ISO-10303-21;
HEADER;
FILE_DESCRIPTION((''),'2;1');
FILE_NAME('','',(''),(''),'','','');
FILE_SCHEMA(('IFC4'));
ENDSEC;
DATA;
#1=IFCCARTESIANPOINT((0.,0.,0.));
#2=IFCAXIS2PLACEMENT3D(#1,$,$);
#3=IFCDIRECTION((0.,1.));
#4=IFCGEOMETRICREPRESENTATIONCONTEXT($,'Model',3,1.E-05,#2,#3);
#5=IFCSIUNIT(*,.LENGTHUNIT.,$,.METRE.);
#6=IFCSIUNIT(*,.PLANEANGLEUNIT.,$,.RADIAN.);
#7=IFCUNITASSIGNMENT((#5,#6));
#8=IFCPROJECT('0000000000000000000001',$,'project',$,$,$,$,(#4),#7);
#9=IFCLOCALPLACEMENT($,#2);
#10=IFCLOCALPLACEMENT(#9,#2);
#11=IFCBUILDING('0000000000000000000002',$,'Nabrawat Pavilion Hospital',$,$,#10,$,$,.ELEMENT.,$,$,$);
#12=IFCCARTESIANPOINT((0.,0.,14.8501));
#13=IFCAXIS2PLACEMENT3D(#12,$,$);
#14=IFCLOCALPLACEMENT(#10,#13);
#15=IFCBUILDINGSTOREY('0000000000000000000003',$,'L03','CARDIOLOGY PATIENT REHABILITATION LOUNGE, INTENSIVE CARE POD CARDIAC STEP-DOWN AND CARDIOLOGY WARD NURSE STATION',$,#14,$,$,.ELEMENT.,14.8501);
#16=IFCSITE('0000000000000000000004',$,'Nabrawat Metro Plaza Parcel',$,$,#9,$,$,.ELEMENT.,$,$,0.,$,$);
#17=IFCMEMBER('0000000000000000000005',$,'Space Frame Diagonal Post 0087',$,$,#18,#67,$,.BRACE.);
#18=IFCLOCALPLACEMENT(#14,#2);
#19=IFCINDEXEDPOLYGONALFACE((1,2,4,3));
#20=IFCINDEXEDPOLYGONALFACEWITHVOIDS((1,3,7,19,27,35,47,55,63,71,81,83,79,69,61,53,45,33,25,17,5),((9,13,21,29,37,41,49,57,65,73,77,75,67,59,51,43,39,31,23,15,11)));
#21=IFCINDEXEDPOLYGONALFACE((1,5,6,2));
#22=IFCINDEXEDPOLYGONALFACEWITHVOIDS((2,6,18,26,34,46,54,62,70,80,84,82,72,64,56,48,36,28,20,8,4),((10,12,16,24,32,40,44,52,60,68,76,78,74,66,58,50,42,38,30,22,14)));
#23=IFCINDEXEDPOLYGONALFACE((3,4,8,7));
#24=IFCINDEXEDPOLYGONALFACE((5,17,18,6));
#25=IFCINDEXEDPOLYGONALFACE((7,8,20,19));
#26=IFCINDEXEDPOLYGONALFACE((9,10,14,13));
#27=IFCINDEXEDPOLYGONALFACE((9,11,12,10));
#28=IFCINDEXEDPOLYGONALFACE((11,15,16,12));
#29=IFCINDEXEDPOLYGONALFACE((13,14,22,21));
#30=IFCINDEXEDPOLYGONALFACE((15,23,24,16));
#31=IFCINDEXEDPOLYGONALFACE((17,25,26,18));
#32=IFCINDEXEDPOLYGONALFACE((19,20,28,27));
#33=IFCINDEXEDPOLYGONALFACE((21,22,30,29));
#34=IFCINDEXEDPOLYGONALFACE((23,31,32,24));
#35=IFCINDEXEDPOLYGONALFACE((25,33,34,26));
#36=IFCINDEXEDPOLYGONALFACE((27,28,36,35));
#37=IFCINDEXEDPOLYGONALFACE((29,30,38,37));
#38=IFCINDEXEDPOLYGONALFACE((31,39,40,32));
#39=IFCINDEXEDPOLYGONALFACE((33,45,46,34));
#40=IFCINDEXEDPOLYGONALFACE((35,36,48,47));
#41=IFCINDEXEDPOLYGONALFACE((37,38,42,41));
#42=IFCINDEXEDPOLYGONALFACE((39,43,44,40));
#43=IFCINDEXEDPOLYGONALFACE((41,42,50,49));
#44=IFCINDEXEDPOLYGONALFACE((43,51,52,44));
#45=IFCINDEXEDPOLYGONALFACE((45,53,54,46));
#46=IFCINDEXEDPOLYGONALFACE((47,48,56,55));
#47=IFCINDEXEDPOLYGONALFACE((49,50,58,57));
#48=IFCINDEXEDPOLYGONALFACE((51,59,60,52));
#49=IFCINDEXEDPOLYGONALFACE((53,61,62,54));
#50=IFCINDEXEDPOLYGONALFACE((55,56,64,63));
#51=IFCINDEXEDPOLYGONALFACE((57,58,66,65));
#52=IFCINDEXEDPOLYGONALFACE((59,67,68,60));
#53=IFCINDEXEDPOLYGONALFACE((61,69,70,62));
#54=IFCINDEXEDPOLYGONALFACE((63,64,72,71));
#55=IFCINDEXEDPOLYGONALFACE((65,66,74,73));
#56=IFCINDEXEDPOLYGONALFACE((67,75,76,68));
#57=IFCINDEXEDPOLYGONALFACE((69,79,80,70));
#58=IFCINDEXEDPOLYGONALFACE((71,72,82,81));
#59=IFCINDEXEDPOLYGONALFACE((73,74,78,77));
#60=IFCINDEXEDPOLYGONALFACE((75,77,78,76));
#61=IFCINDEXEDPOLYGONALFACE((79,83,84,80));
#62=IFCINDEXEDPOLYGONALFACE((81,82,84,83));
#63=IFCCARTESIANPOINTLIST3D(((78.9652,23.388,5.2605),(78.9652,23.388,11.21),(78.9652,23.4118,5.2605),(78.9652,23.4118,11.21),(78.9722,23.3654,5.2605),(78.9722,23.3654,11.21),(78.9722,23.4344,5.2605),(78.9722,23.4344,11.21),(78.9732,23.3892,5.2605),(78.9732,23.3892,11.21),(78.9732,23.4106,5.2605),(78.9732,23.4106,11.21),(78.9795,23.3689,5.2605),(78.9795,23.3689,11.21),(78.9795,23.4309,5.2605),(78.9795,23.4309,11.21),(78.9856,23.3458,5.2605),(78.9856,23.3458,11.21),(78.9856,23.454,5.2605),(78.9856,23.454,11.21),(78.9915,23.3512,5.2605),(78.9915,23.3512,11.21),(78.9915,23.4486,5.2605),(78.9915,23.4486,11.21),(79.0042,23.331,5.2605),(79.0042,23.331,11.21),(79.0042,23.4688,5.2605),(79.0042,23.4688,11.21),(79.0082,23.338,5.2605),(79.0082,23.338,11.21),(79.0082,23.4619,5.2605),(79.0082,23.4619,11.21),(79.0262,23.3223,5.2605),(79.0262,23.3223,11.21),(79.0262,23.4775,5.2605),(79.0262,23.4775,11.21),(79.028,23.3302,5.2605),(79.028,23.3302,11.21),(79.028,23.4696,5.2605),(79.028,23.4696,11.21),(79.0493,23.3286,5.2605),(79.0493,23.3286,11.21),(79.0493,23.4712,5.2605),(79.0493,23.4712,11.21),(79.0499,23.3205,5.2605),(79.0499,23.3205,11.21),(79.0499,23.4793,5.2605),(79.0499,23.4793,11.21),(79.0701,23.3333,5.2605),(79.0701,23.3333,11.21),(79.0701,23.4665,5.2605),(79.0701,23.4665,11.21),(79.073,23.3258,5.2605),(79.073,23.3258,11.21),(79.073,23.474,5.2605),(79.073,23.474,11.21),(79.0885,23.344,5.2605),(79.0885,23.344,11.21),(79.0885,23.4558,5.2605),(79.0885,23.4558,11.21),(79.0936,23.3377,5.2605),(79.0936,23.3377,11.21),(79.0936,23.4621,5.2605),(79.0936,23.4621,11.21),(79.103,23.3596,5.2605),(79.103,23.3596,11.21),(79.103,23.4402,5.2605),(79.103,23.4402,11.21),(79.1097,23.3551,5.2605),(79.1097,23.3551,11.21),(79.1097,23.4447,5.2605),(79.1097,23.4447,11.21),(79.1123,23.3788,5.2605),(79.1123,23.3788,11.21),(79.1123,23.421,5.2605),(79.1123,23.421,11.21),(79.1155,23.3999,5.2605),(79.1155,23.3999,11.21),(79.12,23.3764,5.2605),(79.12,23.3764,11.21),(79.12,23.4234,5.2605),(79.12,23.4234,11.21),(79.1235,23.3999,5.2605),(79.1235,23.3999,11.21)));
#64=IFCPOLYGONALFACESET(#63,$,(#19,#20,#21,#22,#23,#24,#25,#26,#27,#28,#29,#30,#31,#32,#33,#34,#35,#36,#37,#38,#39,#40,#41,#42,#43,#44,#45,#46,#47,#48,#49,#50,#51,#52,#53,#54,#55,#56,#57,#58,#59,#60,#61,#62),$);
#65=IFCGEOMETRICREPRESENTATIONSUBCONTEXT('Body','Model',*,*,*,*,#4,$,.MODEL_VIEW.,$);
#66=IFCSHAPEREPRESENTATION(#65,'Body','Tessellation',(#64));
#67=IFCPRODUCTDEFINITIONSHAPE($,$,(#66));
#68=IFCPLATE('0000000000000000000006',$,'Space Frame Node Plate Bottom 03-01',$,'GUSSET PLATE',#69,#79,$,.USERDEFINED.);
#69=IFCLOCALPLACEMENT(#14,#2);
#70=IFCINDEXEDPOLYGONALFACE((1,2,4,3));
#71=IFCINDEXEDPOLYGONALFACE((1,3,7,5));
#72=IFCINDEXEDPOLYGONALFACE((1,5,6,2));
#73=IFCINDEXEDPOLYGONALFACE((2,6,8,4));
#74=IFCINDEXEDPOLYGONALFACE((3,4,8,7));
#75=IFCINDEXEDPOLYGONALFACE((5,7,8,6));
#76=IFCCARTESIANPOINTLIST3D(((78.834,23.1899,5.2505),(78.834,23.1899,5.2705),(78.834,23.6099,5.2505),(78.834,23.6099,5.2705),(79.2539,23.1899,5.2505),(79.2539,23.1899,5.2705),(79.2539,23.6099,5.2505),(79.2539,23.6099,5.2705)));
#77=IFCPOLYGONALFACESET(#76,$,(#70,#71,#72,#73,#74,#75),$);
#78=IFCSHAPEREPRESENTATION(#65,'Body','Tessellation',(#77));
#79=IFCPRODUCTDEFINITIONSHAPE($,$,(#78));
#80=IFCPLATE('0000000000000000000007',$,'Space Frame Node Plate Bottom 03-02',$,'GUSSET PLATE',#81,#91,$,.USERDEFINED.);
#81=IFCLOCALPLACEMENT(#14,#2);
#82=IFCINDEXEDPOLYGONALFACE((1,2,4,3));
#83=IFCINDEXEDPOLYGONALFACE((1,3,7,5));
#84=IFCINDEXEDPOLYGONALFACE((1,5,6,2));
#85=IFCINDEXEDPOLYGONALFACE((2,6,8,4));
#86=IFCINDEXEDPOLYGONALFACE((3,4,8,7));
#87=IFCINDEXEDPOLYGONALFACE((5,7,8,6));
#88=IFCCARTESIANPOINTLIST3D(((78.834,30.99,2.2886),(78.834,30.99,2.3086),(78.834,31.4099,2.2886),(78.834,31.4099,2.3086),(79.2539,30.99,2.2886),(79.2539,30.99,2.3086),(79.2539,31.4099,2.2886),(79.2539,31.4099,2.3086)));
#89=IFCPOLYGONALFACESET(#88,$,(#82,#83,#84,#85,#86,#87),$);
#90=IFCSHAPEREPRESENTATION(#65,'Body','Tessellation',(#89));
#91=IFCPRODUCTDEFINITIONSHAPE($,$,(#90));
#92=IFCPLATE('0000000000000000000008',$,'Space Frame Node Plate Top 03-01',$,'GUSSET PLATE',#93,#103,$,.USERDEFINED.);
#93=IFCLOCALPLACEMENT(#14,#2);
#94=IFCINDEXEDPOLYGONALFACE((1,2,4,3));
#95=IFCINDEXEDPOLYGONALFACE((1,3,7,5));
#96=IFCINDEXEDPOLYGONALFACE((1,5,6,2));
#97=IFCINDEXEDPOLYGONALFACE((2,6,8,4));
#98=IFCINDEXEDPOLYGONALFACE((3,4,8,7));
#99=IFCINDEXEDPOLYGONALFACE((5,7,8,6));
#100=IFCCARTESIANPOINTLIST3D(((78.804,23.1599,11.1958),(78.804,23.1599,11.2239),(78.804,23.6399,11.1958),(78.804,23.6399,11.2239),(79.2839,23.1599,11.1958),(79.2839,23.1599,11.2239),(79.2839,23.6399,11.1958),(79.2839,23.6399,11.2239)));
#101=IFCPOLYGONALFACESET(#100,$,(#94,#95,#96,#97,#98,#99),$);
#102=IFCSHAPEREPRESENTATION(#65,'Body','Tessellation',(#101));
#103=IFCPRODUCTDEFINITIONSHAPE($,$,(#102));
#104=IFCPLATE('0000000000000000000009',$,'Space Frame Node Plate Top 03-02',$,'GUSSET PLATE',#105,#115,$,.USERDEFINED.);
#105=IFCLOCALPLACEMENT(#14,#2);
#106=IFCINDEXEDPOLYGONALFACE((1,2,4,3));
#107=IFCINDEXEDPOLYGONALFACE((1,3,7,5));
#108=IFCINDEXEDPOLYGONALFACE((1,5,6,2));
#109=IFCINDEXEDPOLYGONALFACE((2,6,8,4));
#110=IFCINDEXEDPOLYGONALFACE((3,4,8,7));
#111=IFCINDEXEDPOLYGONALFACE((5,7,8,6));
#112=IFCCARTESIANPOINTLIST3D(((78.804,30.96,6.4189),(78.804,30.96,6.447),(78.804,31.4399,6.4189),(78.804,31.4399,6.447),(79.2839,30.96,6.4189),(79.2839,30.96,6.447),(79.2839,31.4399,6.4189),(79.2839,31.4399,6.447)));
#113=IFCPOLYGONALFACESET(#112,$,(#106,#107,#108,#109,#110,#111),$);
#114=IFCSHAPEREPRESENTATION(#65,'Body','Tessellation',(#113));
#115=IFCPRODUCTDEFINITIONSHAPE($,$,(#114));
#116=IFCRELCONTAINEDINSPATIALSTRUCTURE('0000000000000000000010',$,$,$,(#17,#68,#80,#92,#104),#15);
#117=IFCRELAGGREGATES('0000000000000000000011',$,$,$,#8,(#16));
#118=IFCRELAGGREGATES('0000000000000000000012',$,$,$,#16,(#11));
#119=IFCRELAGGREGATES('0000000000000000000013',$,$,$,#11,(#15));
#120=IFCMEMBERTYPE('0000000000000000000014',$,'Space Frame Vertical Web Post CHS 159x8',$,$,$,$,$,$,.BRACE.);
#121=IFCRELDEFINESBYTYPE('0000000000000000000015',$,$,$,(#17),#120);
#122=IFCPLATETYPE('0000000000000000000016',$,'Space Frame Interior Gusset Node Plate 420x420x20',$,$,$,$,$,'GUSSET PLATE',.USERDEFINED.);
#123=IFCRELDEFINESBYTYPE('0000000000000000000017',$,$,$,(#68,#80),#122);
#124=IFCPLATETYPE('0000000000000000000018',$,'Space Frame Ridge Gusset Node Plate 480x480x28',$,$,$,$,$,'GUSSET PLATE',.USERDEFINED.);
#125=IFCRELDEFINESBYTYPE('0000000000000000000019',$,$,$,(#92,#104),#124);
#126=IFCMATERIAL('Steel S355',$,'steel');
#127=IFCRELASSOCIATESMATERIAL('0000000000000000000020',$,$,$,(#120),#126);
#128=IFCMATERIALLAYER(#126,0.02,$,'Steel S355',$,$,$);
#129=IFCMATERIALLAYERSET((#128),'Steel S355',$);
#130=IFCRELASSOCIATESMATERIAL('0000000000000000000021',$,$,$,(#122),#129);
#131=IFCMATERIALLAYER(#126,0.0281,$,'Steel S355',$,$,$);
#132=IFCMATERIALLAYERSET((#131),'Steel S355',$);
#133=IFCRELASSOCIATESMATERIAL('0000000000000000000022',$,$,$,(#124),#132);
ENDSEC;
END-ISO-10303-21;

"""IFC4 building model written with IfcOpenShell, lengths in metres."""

from ifc_helpers import new_model, si_unit, direction, frame, origin, origin_2d, place, context, subcontext, project, spatial, rectangle, hollow_circle, extrude, material, layer, layer_set, material_profile, profile_set, type_object, element, save


model = new_model("IFC4")

# Units and contexts
model_context = context("Model", 3, precision=1e-05, world=origin(), true_north=direction((0.0, 1.0)))
body_context = subcontext(model_context, "Body", "Model", "MODEL_VIEW")
ifc_project = project(units=[si_unit("LENGTHUNIT", "METRE"), si_unit("PLANEANGLEUNIT", "RADIAN")], contexts=[model_context])

# Site, building, storey
site_placement = place(None, origin())
site = spatial("IfcSite", under=ifc_project, at=site_placement, Name="Nabrawat Metro Plaza Parcel", CompositionType="ELEMENT", RefElevation=0.0)
building_placement = place(site_placement, origin())
building = spatial("IfcBuilding", under=site, at=building_placement, Name="Nabrawat Pavilion Hospital", CompositionType="ELEMENT")
storey_placement = place(building_placement, frame((0.0, 0.0, 14.8501)))
storey = spatial("IfcBuildingStorey", under=building, at=storey_placement, Name="L03", Description="CARDIOLOGY PATIENT REHABILITATION LOUNGE, INTENSIVE CARE POD CARDIAC STEP-DOWN AND CARDIOLOGY WARD NURSE STATION", CompositionType="ELEMENT", Elevation=14.8501)

# Member
ifc_material = material(Name="Steel S355", Category="steel")
ifc_material_profile_1 = material_profile(ifc_material, hollow_circle(Radius=0.0796, WallThickness=0.0081, at=origin_2d()), Name="CHS 159x8")
ifc_profile_set_1 = profile_set([ifc_material_profile_1], Name="Steel S355")
member_type_1 = type_object("IfcMemberType", Name="Space Frame Vertical Web Post CHS 159x8", PredefinedType="BRACE", material=ifc_profile_set_1)
member_1_placement = place(storey_placement, frame((79.0439, 23.3999, 5.2605), z_axis=(0.0, 0.0, 1.0), x_axis=(1.0, 0.0, 0.0)))
element("IfcMember", 1, at=member_1_placement, inside=storey, type_object=member_type_1, Name="Space Frame Diagonal Post 0087", PredefinedType="BRACE", context=body_context, shape_type="SweptSolid", body=[
    extrude(hollow_circle(Radius=0.0796, WallThickness=0.0081, at=origin_2d()), origin(), (0.0, 0.0, 1.0), 5.9495),
])

# Plates
ifc_layer_1 = layer(ifc_material, 0.02, Name="Steel S355")
ifc_layer_set_1 = layer_set([ifc_layer_1], Name="Steel S355")
plate_type_1 = type_object("IfcPlateType", Name="Space Frame Interior Gusset Node Plate 420x420x20", ElementType="GUSSET PLATE", PredefinedType="USERDEFINED", material=ifc_layer_set_1)
for number, where, z_axis, x_axis, name in (
    (2, (79.0439, 23.3999, 5.2505), (0.0, 0.0, 1.0), (1.0, 0.0, 0.0), "Space Frame Node Plate Bottom 03-01"),
    (3, (79.0439, 31.2, 2.2886), (0.0, 0.0, 1.0), (1.0, 0.0, 0.0), "Space Frame Node Plate Bottom 03-02"),
):
    element("IfcPlate", number, at=place(storey_placement, frame(where, z_axis=z_axis, x_axis=x_axis)), inside=storey, type_object=plate_type_1, Name=name, ObjectType="GUSSET PLATE", PredefinedType="USERDEFINED", context=body_context, shape_type="SweptSolid", body=[
        extrude(rectangle(XDim=0.4199, YDim=0.4199, at=origin_2d()), origin(), (0.0, 0.0, 1.0), 0.02),
    ])
ifc_layer_2 = layer(ifc_material, 0.0281, Name="Steel S355")
ifc_layer_set_2 = layer_set([ifc_layer_2], Name="Steel S355")
plate_type_2 = type_object("IfcPlateType", Name="Space Frame Ridge Gusset Node Plate 480x480x28", ElementType="GUSSET PLATE", PredefinedType="USERDEFINED", material=ifc_layer_set_2)
for number, where, z_axis, x_axis, name in (
    (4, (79.0439, 23.3999, 11.1958), (0.0, 0.0, 1.0), (1.0, 0.0, 0.0), "Space Frame Node Plate Top 03-01"),
    (5, (79.0439, 31.2, 6.4189), (0.0, 0.0, 1.0), (1.0, 0.0, 0.0), "Space Frame Node Plate Top 03-02"),
):
    element("IfcPlate", number, at=place(storey_placement, frame(where, z_axis=z_axis, x_axis=x_axis)), inside=storey, type_object=plate_type_2, Name=name, ObjectType="GUSSET PLATE", PredefinedType="USERDEFINED", context=body_context, shape_type="SweptSolid", body=[
        extrude(rectangle(XDim=0.48, YDim=0.48, at=origin_2d()), origin(), (0.0, 0.0, 1.0), 0.0281),
    ])

save(model, "model.ifc")
